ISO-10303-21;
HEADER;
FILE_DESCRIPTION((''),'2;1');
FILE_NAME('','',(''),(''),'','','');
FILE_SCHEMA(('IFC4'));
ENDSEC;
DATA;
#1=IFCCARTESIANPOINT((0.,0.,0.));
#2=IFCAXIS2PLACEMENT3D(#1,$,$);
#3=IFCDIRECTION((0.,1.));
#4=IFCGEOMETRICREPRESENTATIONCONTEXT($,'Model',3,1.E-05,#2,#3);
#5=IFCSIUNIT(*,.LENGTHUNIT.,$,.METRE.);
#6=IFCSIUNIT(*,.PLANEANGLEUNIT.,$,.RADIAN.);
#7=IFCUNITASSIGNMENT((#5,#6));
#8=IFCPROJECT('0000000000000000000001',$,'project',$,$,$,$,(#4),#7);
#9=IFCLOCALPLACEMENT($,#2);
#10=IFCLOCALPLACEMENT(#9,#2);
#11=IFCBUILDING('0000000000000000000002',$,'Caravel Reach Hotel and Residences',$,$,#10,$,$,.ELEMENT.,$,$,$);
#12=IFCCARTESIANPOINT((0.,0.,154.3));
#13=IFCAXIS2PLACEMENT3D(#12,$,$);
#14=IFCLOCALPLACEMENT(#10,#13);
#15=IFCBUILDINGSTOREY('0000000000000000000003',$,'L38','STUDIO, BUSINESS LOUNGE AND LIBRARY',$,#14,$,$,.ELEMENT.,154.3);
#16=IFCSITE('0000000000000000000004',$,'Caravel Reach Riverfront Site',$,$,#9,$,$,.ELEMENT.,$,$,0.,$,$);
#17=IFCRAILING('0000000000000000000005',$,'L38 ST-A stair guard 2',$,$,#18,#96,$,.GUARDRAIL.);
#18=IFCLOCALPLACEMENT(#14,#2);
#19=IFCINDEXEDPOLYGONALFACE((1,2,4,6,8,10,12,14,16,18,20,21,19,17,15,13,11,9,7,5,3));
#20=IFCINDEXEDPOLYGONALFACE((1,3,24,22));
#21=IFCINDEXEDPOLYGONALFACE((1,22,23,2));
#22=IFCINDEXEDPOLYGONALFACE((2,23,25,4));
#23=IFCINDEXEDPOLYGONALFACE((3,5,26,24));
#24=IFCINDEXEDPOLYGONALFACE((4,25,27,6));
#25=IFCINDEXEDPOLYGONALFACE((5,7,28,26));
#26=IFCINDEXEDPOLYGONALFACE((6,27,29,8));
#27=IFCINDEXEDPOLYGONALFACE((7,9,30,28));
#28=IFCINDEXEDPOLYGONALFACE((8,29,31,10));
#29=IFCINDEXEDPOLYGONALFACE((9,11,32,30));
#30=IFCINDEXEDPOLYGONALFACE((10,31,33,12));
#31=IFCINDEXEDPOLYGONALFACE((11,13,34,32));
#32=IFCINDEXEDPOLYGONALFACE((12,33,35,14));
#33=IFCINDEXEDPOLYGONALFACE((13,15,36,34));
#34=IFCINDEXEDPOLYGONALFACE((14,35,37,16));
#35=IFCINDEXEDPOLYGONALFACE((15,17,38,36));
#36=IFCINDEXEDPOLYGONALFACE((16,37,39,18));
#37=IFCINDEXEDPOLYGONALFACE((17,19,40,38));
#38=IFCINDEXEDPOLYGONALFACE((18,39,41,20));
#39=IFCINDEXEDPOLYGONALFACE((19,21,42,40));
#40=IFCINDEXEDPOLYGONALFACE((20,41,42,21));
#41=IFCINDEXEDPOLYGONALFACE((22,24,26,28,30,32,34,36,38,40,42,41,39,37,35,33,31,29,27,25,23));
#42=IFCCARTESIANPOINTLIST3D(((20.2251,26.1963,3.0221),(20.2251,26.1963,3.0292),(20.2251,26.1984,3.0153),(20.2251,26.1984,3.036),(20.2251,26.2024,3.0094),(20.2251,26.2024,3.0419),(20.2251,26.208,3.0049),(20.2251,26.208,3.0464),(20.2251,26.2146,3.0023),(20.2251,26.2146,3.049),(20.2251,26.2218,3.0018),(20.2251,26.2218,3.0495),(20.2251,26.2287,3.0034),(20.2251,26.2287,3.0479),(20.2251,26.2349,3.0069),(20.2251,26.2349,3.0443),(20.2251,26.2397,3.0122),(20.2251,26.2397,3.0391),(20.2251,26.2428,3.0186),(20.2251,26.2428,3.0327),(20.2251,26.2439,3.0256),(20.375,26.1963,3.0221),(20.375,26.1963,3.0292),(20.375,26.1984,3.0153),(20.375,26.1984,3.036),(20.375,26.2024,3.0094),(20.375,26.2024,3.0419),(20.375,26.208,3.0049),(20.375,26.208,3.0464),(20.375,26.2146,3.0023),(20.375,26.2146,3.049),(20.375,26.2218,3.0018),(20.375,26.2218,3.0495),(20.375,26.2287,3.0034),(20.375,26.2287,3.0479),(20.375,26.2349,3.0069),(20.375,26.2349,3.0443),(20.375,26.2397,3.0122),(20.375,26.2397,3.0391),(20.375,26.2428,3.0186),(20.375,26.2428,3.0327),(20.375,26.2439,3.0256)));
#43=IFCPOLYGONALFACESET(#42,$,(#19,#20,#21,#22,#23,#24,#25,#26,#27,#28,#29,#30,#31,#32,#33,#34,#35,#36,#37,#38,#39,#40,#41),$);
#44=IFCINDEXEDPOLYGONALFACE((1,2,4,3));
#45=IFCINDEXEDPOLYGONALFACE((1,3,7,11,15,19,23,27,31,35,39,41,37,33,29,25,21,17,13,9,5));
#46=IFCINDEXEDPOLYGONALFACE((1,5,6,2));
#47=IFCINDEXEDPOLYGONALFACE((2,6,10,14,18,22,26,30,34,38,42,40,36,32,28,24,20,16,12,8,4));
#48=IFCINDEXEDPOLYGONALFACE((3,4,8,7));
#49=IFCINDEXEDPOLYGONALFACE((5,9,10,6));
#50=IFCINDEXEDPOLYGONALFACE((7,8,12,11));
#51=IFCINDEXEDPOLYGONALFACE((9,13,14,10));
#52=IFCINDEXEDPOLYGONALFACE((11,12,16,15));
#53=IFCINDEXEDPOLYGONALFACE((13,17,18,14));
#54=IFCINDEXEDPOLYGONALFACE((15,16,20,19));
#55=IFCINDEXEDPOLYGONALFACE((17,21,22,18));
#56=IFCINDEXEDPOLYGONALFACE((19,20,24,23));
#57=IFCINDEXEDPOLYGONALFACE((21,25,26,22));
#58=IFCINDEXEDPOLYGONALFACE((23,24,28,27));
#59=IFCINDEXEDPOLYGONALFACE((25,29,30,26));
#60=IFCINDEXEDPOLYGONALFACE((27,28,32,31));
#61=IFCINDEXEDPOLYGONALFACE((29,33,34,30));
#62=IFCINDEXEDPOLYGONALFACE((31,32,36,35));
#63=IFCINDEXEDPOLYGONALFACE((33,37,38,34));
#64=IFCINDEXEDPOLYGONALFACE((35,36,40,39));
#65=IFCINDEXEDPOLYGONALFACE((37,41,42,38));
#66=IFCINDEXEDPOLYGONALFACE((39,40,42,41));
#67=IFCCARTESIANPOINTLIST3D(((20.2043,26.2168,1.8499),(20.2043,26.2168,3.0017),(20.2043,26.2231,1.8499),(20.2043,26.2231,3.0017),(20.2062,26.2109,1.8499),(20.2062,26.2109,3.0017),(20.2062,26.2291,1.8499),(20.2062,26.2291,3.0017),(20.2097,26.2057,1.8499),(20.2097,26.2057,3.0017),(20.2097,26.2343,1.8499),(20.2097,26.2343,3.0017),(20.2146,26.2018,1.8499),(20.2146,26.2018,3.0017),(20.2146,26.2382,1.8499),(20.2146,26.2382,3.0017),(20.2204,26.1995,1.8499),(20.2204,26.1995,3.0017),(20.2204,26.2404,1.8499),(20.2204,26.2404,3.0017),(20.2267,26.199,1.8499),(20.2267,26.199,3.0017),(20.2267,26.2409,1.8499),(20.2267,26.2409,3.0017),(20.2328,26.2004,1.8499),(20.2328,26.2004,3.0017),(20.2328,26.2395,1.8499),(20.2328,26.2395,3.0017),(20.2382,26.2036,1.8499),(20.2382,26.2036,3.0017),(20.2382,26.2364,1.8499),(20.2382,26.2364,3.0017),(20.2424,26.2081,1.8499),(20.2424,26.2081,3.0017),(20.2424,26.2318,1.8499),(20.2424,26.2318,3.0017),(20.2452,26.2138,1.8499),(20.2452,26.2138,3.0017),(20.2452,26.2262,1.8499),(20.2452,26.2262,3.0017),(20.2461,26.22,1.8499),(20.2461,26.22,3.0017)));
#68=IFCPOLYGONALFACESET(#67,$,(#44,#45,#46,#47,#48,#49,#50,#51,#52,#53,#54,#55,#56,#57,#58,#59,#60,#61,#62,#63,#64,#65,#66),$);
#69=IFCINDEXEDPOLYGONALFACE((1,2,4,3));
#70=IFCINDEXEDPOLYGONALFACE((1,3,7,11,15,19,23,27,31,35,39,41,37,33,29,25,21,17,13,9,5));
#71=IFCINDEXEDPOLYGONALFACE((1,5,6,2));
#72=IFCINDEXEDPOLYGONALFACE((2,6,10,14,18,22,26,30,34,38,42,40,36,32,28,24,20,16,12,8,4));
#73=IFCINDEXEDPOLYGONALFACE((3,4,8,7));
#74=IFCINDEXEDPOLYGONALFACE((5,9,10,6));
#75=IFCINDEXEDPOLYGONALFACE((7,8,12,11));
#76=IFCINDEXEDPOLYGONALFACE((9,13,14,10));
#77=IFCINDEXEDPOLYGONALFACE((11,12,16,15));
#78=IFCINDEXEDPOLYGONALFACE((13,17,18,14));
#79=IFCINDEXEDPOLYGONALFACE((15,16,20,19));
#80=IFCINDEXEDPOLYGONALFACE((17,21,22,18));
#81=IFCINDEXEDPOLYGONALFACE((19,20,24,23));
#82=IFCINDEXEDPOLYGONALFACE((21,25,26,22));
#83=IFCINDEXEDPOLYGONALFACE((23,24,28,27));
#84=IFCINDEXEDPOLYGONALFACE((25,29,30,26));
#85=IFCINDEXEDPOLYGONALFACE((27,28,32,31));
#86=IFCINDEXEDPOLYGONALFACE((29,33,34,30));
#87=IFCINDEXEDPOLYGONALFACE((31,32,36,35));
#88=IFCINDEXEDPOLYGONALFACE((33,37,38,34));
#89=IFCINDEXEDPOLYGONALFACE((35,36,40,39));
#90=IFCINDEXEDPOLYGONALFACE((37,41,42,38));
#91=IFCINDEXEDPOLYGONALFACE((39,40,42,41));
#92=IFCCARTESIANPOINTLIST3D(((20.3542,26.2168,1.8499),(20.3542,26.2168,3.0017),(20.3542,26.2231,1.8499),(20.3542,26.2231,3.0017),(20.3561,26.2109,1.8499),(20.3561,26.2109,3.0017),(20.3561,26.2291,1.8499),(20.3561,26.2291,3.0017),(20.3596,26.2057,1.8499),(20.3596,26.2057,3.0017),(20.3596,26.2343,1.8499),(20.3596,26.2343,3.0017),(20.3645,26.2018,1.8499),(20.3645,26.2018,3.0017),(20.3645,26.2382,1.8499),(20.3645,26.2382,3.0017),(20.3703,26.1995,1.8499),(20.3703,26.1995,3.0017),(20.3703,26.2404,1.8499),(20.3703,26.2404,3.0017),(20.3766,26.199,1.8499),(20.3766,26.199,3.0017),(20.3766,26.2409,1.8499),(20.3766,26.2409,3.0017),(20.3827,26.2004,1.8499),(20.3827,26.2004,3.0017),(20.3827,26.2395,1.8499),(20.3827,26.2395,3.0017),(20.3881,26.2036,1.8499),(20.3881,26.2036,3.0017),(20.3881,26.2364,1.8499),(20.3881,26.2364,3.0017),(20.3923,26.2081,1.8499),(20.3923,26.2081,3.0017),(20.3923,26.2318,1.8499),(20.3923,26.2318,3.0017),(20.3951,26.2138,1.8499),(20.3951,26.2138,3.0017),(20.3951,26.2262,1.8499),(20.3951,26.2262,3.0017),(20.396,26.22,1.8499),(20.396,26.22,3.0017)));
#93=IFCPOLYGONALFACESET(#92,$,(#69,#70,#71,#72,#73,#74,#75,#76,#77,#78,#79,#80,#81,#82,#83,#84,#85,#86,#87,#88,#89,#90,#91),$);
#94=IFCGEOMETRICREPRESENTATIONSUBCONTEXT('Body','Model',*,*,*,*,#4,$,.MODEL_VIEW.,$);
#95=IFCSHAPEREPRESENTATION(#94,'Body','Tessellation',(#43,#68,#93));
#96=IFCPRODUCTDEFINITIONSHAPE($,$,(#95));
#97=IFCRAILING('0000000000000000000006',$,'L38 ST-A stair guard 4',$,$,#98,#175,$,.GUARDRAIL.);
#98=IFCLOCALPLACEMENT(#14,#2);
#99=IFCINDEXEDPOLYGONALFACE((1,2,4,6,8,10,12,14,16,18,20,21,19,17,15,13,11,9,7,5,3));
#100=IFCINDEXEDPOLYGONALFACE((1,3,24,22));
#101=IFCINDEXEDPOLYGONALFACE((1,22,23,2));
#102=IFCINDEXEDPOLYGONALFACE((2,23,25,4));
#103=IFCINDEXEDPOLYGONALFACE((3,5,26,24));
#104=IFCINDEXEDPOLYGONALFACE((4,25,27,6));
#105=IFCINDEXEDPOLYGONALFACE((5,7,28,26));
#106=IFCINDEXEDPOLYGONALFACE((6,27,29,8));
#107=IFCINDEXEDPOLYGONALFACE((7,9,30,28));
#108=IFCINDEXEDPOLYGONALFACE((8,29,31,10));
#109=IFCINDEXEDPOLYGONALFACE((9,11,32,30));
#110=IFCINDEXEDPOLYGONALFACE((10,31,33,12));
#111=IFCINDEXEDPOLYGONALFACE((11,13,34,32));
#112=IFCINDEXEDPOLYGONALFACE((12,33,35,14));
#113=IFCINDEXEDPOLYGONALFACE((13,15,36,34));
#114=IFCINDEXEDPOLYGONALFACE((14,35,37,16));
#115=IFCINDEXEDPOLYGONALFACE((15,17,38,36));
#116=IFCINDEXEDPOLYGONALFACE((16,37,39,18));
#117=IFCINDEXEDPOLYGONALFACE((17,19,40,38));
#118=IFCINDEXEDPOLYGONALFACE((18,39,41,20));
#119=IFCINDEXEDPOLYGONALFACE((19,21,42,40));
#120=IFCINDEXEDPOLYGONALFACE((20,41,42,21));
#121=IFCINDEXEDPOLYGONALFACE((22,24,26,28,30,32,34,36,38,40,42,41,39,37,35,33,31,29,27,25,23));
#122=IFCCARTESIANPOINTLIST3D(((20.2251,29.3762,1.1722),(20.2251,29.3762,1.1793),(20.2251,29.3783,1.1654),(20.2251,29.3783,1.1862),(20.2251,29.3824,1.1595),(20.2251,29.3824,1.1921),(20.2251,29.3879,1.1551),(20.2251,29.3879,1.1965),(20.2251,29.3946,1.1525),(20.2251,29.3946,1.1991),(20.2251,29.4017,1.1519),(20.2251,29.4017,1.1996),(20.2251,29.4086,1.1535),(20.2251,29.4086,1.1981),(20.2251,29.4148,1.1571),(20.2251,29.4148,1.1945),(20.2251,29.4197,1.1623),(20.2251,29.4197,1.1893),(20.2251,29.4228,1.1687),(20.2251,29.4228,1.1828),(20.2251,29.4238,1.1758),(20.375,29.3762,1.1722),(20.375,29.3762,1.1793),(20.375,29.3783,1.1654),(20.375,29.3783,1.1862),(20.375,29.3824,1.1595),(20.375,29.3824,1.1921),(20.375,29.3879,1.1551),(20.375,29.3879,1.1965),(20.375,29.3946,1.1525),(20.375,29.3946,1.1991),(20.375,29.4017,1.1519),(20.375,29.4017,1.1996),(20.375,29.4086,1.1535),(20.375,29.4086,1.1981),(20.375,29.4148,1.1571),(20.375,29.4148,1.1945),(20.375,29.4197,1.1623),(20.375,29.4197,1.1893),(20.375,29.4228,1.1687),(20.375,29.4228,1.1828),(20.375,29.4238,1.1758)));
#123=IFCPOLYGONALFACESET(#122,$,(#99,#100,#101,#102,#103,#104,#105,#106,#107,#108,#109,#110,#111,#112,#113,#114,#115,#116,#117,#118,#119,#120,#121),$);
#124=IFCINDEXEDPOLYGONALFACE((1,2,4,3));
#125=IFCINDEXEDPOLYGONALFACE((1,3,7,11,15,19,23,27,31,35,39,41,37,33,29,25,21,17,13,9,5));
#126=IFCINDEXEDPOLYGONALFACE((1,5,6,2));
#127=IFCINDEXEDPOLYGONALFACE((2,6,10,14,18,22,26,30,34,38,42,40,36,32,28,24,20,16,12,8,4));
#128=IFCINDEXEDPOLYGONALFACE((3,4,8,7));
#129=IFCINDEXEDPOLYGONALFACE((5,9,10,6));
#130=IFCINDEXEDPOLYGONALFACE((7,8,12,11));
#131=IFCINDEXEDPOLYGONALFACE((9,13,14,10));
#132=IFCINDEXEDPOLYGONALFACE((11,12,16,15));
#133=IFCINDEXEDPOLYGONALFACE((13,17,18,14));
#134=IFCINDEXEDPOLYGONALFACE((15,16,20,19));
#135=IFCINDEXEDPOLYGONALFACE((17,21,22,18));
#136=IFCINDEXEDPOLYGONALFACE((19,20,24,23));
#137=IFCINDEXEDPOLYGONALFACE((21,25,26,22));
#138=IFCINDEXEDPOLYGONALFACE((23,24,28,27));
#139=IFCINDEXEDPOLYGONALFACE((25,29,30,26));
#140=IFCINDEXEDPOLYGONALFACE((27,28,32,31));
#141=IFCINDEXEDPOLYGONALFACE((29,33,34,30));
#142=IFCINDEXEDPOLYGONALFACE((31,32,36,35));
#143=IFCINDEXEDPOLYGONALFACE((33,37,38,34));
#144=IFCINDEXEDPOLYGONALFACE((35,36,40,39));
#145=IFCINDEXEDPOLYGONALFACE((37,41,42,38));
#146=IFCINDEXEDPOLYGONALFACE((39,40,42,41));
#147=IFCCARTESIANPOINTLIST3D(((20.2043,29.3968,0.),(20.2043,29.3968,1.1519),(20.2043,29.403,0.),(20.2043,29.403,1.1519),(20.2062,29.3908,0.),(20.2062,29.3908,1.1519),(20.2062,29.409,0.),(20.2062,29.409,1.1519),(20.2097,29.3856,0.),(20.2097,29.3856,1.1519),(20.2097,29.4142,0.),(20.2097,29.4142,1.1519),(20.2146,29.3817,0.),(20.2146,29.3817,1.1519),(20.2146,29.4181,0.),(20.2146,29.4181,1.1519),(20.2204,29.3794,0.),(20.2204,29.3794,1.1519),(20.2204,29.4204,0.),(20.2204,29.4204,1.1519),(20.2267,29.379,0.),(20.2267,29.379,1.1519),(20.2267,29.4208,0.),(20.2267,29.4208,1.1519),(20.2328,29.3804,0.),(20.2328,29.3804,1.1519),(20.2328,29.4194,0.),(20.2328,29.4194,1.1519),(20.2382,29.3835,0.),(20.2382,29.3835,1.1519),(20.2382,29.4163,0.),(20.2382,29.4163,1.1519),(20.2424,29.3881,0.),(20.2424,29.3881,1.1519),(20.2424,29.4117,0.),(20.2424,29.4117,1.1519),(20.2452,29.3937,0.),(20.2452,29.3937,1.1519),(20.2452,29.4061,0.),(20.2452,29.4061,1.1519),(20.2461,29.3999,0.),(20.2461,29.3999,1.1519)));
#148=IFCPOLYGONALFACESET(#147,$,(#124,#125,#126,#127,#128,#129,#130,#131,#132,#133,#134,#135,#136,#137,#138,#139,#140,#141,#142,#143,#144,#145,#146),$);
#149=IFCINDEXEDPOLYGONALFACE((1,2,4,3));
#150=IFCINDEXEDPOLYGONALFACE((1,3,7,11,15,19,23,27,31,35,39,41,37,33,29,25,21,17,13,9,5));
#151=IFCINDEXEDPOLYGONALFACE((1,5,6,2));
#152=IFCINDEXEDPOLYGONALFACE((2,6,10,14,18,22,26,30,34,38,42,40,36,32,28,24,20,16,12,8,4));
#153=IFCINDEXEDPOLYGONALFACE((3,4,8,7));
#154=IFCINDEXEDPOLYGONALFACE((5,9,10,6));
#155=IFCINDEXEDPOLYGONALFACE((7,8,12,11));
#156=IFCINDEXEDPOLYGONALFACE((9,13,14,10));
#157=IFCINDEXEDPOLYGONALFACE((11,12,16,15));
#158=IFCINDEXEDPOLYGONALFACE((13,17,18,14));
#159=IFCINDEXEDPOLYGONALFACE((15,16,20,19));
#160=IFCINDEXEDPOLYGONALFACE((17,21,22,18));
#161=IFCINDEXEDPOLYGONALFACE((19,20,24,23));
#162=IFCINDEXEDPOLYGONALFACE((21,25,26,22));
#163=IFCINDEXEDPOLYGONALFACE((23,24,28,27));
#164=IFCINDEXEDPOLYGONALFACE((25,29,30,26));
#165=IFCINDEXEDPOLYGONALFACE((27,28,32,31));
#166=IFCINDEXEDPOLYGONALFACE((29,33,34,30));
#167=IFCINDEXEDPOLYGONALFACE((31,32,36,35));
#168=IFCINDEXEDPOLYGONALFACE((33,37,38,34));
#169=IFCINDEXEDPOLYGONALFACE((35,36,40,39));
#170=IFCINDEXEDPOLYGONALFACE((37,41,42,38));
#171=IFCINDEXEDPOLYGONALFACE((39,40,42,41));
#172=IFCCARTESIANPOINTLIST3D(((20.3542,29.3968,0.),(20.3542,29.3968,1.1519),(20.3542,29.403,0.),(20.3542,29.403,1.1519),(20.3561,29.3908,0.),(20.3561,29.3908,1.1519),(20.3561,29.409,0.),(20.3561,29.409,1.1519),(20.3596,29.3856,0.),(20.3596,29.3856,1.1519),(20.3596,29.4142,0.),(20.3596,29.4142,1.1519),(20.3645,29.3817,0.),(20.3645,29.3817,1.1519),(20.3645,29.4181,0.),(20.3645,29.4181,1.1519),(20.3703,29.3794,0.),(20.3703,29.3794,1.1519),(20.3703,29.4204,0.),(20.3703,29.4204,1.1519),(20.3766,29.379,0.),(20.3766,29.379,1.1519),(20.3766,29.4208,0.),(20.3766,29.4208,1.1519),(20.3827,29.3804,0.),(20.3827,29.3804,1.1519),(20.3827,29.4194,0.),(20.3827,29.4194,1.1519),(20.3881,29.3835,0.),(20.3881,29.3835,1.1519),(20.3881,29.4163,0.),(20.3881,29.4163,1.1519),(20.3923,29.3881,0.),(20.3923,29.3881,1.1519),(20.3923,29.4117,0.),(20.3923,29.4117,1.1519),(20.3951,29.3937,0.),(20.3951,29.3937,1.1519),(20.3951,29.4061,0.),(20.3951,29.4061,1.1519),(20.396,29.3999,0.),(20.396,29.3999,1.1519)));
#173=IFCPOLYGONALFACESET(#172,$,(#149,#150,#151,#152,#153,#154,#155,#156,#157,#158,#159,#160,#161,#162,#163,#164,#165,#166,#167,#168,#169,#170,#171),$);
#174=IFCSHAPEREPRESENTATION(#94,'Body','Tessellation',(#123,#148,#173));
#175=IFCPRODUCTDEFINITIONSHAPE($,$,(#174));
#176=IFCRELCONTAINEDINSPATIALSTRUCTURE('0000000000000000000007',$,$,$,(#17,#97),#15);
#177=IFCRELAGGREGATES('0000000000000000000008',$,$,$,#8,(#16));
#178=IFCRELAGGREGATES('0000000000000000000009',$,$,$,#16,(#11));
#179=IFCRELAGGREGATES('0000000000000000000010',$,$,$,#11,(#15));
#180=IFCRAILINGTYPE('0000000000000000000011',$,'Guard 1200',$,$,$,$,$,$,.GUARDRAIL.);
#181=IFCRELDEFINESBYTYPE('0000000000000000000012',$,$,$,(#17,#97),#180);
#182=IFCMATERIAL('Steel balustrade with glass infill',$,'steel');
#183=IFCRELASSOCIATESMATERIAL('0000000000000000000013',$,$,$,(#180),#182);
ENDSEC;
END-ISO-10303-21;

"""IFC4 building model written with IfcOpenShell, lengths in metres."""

from ifc_helpers import new_model, si_unit, direction, frame, origin, origin_2d, place, context, subcontext, project, spatial, circle, extrude, material, type_object, element, save


model = new_model("IFC4")

# Units and contexts
model_context = context("Model", 3, precision=1e-05, world=origin(), true_north=direction((0.0, 1.0)))
body_context = subcontext(model_context, "Body", "Model", "MODEL_VIEW")
ifc_project = project(units=[si_unit("LENGTHUNIT", "METRE"), si_unit("PLANEANGLEUNIT", "RADIAN")], contexts=[model_context])

# Site, building, storey
site_placement = place(None, origin())
site = spatial("IfcSite", under=ifc_project, at=site_placement, Name="Caravel Reach Riverfront Site", CompositionType="ELEMENT", RefElevation=0.0)
building_placement = place(site_placement, origin())
building = spatial("IfcBuilding", under=site, at=building_placement, Name="Caravel Reach Hotel and Residences", CompositionType="ELEMENT")
storey_placement = place(building_placement, frame((0.0, 0.0, 154.3)))
storey = spatial("IfcBuildingStorey", under=building, at=storey_placement, Name="L38", Description="STUDIO, BUSINESS LOUNGE AND LIBRARY", CompositionType="ELEMENT", Elevation=154.3)

# Railings
ifc_material_1 = material(Name="Steel balustrade with glass infill", Category="steel")
railing_type_1 = type_object("IfcRailingType", Name="Guard 1200", PredefinedType="GUARDRAIL", material=ifc_material_1)
for number, where, name in (
    (1, (20.2251, 26.22, 1.8499), "L38 ST-A stair guard 2"),
    (2, (20.2251, 29.3999, 0.0), "L38 ST-A stair guard 4"),
):
    element("IfcRailing", number, at=place(storey_placement, frame(where)), inside=storey, type_object=railing_type_1, Name=name, PredefinedType="GUARDRAIL", context=body_context, shape_type="SweptSolid", body=[
        extrude(circle(Radius=0.0239, at=origin_2d()), frame((0.0, 0.0, 1.1758), z_axis=(1.0, 0.0, 0.0), x_axis=(0.0, 1.0, 0.0)), (0.0, 0.0, 1.0), 0.1499),
        extrude(circle(Radius=0.021, at=origin_2d()), origin(), (0.0, 0.0, 1.0), 1.1519),
        extrude(circle(Radius=0.021, at=origin_2d()), frame((0.1499, 0.0, 0.0)), (0.0, 0.0, 1.0), 1.1519),
    ])

save(model, "model.ifc")
